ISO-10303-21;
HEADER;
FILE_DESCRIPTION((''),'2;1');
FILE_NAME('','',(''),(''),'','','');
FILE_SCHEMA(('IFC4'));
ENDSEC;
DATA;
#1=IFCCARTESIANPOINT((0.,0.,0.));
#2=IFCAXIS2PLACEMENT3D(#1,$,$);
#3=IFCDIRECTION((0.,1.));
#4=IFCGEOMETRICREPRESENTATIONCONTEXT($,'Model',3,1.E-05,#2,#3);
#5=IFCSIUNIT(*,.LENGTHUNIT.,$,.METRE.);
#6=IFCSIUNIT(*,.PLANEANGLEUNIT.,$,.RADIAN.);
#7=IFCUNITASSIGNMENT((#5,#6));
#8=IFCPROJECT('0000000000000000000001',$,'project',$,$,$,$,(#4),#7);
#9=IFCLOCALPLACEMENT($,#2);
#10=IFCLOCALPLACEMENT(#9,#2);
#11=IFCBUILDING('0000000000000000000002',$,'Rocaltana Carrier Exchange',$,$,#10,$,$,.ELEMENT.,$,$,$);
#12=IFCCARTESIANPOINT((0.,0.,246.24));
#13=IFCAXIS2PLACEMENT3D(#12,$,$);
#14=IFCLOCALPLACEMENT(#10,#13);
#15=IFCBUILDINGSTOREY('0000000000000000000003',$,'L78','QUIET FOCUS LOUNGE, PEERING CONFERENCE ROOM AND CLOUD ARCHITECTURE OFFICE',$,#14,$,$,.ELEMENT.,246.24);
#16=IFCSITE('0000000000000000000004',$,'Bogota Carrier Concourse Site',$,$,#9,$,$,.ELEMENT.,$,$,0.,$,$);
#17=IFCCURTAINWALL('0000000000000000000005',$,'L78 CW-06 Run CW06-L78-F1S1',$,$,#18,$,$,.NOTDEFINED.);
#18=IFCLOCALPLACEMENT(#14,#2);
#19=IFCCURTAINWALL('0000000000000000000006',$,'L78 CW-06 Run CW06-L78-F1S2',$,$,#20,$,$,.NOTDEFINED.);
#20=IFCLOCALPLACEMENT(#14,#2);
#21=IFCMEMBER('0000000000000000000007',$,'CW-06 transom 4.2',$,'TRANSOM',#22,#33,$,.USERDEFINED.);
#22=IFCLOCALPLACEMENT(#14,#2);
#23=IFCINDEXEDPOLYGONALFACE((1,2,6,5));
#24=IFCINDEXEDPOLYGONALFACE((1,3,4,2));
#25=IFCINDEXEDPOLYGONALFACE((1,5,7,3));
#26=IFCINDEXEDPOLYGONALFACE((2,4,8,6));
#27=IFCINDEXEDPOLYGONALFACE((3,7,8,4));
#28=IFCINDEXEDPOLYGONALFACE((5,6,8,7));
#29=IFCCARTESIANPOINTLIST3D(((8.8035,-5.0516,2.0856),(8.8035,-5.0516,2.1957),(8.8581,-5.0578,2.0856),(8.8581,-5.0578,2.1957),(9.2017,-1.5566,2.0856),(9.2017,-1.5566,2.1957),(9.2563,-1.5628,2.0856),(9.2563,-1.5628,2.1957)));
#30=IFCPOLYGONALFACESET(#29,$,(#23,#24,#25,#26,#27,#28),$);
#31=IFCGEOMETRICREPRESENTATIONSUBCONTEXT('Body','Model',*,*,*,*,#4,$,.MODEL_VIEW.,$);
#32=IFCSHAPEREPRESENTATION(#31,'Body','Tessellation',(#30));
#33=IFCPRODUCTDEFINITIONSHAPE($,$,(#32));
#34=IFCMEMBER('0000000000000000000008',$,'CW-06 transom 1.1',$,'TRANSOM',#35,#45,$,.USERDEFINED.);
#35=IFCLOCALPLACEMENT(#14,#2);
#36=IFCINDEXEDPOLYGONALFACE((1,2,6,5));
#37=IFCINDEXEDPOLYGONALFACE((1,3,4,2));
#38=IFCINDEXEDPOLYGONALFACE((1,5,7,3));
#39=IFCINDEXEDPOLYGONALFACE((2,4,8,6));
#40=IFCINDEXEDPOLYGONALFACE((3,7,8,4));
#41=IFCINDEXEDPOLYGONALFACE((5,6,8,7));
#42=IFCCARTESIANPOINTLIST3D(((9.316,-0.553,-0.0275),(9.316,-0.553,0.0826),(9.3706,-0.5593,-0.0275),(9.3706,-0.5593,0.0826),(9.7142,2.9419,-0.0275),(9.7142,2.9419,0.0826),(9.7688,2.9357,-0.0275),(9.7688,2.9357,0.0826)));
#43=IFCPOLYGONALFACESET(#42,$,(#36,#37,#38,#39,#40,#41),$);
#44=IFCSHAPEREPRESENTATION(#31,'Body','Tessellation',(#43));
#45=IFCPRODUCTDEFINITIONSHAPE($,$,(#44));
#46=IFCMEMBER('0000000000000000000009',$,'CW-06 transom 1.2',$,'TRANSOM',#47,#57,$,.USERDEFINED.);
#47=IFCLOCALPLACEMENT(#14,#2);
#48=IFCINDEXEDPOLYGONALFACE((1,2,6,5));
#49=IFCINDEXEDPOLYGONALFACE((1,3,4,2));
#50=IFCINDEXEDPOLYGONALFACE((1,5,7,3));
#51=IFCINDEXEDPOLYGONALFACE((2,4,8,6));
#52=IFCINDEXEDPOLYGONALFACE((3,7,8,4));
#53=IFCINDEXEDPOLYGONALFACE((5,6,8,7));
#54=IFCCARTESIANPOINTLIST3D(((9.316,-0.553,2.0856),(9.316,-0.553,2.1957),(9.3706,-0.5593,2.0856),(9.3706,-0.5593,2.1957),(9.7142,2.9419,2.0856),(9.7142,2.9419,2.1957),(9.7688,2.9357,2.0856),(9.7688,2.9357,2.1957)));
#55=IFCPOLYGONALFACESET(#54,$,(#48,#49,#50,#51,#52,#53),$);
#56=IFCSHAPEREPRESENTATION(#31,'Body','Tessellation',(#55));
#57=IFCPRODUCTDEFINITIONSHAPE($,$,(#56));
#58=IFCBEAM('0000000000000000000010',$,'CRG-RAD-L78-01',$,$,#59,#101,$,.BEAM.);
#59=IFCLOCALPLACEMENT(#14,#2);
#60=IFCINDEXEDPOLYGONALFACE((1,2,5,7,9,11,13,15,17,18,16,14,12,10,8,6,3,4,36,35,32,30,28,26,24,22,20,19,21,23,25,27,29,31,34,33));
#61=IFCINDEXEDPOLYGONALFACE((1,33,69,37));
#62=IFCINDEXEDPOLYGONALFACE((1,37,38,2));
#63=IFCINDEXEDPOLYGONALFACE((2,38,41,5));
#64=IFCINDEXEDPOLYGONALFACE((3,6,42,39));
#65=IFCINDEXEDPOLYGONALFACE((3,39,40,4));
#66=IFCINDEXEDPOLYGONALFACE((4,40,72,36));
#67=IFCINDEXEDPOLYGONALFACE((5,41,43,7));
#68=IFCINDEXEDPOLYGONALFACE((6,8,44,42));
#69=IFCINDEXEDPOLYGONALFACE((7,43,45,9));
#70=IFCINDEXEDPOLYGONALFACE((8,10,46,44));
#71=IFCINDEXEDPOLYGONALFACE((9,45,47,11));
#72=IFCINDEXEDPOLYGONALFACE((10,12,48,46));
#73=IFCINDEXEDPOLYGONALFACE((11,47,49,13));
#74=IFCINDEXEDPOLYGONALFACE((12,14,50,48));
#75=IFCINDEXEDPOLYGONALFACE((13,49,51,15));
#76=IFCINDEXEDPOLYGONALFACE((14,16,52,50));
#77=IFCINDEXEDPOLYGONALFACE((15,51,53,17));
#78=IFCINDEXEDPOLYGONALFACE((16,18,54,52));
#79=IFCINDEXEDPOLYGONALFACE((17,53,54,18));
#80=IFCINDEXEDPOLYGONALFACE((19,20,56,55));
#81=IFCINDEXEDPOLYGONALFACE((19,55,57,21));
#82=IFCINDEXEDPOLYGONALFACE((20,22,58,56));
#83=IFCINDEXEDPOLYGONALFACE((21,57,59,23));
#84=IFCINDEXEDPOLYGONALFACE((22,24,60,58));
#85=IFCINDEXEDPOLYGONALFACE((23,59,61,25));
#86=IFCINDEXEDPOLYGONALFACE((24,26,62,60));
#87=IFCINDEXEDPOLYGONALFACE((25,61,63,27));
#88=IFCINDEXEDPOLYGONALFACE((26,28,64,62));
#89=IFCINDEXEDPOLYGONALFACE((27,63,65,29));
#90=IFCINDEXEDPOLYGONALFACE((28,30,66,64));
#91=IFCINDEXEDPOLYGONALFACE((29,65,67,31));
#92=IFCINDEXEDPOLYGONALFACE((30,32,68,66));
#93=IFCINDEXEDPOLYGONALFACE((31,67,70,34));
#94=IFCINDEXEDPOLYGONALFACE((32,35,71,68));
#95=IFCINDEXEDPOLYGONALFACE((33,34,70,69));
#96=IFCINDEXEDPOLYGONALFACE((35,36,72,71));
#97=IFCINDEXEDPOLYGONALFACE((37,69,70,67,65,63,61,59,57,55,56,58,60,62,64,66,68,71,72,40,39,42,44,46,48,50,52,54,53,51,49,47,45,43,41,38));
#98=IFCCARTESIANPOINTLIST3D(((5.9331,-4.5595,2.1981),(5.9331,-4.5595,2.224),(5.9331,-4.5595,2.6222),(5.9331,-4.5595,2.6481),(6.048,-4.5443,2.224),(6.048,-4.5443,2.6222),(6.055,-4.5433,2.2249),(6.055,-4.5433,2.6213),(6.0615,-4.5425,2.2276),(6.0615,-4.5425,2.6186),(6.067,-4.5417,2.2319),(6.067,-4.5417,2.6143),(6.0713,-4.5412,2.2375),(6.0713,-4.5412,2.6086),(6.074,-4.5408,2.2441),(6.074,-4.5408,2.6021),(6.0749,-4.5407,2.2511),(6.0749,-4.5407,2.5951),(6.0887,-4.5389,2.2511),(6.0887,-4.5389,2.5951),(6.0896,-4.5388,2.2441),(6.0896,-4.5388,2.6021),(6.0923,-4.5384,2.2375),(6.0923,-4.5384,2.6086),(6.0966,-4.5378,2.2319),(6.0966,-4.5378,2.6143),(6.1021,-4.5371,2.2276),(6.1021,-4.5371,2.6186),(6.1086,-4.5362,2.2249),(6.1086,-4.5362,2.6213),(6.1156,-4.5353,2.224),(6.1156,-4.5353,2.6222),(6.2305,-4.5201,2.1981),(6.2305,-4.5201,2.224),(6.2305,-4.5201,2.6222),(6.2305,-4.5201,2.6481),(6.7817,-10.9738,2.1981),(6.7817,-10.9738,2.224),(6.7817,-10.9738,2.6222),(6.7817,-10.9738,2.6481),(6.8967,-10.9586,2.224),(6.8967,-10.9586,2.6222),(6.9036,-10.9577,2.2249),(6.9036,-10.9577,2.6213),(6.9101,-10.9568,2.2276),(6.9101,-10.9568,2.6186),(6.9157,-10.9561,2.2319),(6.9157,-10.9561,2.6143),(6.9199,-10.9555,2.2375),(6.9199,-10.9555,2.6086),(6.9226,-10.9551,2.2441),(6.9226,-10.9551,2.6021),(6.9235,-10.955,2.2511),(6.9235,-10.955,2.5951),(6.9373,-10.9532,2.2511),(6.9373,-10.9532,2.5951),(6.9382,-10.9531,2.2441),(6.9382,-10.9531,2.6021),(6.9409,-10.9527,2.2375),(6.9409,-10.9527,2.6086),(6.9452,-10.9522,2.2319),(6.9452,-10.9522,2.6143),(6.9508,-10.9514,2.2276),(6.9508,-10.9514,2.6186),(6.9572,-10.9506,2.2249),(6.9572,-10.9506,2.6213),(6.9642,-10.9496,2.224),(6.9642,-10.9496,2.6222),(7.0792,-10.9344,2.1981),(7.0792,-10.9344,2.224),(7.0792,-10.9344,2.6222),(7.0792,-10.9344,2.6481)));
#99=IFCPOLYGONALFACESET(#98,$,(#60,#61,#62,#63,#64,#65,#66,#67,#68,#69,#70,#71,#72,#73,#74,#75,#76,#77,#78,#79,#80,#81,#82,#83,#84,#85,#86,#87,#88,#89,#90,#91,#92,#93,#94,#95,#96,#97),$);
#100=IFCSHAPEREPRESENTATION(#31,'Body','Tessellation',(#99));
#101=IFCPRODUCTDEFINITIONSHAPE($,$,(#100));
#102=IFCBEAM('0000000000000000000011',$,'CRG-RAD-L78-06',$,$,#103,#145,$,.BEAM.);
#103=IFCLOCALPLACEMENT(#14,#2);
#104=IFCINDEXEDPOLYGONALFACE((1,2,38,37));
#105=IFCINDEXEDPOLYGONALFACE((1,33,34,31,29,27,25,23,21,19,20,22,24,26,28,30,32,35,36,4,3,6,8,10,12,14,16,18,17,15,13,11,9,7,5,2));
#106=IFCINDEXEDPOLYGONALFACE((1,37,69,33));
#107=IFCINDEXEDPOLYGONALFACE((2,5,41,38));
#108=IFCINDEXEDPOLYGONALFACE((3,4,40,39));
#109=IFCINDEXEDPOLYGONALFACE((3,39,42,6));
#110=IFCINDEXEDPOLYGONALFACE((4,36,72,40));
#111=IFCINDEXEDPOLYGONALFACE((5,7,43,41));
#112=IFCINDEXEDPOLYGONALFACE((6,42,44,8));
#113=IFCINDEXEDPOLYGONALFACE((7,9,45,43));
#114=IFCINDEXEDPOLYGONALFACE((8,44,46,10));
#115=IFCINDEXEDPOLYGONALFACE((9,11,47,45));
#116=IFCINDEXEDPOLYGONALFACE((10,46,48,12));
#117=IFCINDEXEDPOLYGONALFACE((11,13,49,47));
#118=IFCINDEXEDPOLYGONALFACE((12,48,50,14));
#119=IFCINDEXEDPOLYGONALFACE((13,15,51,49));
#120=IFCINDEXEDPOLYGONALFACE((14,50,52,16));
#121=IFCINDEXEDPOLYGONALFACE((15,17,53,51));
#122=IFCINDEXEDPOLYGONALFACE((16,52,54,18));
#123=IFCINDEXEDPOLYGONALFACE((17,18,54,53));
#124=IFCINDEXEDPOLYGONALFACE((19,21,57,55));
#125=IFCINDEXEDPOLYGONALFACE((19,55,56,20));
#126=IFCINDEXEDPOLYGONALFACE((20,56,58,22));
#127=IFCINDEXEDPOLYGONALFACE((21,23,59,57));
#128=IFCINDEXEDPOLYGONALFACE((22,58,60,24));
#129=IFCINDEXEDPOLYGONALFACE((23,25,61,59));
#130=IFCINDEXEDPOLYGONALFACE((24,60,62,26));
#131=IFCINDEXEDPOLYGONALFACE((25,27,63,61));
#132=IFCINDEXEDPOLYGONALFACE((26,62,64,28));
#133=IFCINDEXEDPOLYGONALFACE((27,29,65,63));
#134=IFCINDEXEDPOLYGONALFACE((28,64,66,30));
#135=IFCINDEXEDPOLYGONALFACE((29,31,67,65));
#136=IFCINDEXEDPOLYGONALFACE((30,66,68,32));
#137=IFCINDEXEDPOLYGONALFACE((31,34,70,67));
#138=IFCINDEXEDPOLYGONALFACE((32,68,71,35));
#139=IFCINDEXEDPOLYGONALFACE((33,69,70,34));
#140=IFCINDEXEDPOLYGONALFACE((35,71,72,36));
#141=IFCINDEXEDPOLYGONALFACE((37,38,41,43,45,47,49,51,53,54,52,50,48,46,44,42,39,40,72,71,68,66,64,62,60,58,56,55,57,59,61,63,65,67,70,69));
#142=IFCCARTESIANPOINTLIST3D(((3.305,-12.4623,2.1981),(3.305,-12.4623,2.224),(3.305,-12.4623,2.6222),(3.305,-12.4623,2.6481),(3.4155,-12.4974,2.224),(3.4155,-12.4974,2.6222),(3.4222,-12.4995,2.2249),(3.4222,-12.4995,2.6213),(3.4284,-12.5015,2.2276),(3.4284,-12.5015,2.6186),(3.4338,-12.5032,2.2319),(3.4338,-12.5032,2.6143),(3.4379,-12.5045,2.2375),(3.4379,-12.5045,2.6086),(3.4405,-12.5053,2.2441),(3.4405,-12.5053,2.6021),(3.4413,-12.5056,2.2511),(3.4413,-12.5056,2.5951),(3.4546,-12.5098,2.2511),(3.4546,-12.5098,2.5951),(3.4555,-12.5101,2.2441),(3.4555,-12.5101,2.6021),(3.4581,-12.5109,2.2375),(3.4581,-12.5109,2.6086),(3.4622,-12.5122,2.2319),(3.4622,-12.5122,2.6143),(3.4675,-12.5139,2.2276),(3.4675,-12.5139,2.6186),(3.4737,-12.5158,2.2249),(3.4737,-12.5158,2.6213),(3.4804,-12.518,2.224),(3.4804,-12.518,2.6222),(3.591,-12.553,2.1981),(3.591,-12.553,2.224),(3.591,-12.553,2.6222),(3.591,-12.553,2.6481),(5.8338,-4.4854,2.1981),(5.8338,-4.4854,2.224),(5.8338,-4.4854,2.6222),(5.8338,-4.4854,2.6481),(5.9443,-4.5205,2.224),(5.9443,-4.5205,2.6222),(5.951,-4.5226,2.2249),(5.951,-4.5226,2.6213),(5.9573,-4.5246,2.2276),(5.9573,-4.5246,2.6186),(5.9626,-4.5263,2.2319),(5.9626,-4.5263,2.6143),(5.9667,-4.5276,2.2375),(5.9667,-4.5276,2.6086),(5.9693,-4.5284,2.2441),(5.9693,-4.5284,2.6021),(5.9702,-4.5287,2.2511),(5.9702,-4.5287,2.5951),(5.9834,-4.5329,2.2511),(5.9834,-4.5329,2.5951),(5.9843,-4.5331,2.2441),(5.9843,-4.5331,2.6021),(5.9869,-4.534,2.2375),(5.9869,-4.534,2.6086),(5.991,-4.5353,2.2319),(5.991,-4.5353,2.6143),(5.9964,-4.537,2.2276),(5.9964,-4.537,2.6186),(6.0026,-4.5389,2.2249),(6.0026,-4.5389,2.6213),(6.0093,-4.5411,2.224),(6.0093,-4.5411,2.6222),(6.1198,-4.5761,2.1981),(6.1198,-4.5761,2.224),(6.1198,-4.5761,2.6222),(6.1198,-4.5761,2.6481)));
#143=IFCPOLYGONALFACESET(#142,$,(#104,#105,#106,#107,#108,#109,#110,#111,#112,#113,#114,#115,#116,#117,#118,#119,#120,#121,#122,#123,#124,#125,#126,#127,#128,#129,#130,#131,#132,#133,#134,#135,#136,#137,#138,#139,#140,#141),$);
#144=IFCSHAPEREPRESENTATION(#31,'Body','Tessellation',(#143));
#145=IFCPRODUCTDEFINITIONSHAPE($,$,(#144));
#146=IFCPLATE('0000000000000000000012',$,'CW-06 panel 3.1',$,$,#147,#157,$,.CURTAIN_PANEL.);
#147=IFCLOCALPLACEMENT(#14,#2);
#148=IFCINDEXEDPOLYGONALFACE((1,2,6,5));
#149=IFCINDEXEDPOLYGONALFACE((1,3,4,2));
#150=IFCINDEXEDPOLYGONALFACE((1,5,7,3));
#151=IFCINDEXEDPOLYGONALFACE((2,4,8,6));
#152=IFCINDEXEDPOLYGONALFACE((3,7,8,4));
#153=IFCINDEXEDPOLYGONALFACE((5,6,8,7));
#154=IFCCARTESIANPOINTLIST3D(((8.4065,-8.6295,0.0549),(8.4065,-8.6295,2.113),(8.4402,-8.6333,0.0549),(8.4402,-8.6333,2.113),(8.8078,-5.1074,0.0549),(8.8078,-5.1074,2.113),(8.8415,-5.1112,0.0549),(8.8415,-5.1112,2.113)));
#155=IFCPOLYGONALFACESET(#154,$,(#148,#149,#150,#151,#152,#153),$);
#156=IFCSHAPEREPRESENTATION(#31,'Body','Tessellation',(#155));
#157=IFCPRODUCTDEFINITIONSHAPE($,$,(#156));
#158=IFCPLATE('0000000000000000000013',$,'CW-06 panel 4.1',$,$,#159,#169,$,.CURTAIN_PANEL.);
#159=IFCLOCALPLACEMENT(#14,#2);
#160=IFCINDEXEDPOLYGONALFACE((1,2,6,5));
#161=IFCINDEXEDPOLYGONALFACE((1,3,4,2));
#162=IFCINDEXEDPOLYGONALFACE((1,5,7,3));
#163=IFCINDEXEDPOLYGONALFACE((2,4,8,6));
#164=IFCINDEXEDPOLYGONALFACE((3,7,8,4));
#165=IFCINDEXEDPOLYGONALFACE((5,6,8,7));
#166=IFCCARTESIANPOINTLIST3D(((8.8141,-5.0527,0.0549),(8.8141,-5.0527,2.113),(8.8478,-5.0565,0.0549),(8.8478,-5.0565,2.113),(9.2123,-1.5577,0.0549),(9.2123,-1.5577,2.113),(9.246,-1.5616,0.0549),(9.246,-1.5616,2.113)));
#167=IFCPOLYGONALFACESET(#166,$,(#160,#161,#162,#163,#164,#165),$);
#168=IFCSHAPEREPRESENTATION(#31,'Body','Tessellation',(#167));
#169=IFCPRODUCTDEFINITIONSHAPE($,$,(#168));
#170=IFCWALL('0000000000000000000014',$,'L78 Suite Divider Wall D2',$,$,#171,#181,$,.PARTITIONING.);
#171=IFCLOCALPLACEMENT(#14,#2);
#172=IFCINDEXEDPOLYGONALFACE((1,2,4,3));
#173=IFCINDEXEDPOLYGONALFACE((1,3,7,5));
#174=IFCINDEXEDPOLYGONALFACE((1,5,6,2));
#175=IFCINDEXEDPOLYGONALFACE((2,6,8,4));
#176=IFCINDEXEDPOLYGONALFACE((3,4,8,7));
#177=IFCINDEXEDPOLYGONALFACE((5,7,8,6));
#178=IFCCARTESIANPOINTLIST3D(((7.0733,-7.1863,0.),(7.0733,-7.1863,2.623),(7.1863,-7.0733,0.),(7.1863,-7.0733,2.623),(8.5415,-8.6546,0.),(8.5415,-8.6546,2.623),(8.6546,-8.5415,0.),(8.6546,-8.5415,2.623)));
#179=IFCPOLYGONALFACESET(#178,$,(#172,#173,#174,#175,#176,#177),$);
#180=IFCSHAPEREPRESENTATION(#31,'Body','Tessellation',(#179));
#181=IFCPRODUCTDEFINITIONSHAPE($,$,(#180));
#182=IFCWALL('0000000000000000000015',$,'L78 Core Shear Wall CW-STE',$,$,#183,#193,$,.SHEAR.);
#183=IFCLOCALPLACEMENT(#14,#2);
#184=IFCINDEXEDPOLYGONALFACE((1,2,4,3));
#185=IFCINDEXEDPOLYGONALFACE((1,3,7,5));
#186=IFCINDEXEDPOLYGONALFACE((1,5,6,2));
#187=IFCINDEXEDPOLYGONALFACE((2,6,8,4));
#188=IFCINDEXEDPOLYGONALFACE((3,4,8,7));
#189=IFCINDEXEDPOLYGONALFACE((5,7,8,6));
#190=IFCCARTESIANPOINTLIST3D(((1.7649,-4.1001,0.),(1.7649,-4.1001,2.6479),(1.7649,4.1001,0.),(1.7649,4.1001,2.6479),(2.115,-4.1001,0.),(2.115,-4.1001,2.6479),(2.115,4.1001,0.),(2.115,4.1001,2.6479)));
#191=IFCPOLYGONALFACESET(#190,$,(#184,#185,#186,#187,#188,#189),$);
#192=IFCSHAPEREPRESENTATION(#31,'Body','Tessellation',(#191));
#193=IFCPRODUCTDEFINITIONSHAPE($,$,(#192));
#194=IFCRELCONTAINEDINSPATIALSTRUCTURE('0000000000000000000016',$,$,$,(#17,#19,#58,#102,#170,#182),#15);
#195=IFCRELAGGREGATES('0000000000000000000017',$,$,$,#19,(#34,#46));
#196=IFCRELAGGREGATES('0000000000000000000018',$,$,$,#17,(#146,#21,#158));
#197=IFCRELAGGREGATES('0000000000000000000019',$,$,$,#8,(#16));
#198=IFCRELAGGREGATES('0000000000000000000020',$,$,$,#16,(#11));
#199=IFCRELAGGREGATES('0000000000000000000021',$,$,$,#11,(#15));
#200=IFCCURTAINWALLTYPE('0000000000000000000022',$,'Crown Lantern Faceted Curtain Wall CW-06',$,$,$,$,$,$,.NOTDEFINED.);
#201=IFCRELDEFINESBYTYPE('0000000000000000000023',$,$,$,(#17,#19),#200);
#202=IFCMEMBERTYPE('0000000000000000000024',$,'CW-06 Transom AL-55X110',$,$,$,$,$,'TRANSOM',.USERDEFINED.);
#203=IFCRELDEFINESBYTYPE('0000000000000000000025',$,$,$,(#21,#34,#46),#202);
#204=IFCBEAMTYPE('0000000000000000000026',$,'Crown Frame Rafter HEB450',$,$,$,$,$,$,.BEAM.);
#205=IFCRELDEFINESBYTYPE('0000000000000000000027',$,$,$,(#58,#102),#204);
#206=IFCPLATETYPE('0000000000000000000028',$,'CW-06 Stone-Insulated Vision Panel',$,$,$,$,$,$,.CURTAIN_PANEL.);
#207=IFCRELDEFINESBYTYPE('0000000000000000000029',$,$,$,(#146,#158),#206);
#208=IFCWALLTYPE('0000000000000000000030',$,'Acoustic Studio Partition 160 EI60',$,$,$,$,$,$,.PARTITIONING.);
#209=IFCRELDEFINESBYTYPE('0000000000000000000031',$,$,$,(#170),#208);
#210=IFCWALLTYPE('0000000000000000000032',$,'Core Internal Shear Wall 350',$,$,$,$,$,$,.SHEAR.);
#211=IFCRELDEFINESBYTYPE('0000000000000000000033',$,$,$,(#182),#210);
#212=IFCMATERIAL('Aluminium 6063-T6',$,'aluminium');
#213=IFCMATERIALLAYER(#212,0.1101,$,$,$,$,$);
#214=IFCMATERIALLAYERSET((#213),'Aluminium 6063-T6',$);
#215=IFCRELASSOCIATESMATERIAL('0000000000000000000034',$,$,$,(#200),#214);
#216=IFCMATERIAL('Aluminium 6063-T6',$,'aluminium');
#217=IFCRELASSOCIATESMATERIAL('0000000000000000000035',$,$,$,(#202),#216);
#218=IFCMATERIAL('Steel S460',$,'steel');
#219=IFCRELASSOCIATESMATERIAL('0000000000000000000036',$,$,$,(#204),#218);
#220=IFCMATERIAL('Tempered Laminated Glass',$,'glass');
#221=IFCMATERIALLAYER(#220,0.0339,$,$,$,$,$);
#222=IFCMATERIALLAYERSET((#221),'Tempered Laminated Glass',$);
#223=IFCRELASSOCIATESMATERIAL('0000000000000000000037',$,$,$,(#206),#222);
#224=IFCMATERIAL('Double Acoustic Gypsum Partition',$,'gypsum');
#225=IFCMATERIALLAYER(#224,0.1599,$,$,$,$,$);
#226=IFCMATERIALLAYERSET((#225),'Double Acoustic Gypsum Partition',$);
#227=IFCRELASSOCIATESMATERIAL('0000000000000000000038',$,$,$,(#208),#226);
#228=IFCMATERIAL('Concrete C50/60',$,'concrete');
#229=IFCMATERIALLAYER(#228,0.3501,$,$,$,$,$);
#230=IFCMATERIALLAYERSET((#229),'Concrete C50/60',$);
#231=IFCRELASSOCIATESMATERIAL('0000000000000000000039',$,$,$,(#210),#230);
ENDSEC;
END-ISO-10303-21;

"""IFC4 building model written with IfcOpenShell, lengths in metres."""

from ifc_helpers import new_model, si_unit, direction, frame, frame_2d, origin, origin_2d, place, context, subcontext, project, spatial, rectangle, i_section, extrude, material, layer, layer_set, material_profile, profile_set, type_object, element, aggregate, save


model = new_model("IFC4")

# Units and contexts
model_context = context("Model", 3, precision=1e-05, world=origin(), true_north=direction((0.0, 1.0)))
body_context = subcontext(model_context, "Body", "Model", "MODEL_VIEW")
ifc_project = project(units=[si_unit("LENGTHUNIT", "METRE"), si_unit("PLANEANGLEUNIT", "RADIAN")], contexts=[model_context])

# Site, building, storey
site_placement = place(None, origin())
site = spatial("IfcSite", under=ifc_project, at=site_placement, Name="Bogota Carrier Concourse Site", CompositionType="ELEMENT", RefElevation=0.0)
building_placement = place(site_placement, origin())
building = spatial("IfcBuilding", under=site, at=building_placement, Name="Rocaltana Carrier Exchange", CompositionType="ELEMENT")
storey_placement = place(building_placement, frame((0.0, 0.0, 246.24)))
storey = spatial("IfcBuildingStorey", under=building, at=storey_placement, Name="L78", Description="QUIET FOCUS LOUNGE, PEERING CONFERENCE ROOM AND CLOUD ARCHITECTURE OFFICE", CompositionType="ELEMENT", Elevation=246.24)

# Curtain wall
ifc_material_1 = material(Name="Aluminium 6063-T6", Category="aluminium")
ifc_layer_1 = layer(ifc_material_1, 0.1101)
ifc_layer_set_1 = layer_set([ifc_layer_1], Name="Aluminium 6063-T6")
curtain_wall_type = type_object("IfcCurtainWallType", Name="Crown Lantern Faceted Curtain Wall CW-06", PredefinedType="NOTDEFINED", material=ifc_layer_set_1)
curtain_wall_1_placement = place(storey_placement, origin())
curtain_wall_1 = element("IfcCurtainWall", 1, at=curtain_wall_1_placement, inside=storey, type_object=curtain_wall_type, Name="L78 CW-06 Run CW06-L78-F1S1", PredefinedType="NOTDEFINED")

# Curtain wall
curtain_wall_2_placement = place(storey_placement, origin())
curtain_wall_2 = element("IfcCurtainWall", 2, at=curtain_wall_2_placement, inside=storey, type_object=curtain_wall_type, Name="L78 CW-06 Run CW06-L78-F1S2", PredefinedType="NOTDEFINED")

# Members
ifc_material_2 = material(Name="Aluminium 6063-T6", Category="aluminium")
ifc_material_profile_1 = material_profile(ifc_material_2, rectangle(XDim=0.0549, YDim=0.1101, at=origin_2d()), Name="AL-55X110")
ifc_profile_set_1 = profile_set([ifc_material_profile_1], Name="Aluminium 6063-T6")
member_type_1 = type_object("IfcMemberType", Name="CW-06 Transom AL-55X110", ElementType="TRANSOM", PredefinedType="USERDEFINED", material=ifc_profile_set_1)
member_1_placement = place(storey_placement, frame((8.8308, -5.0547, 2.1406), z_axis=(0.113204, 0.993572, 0.0), x_axis=(-0.993572, 0.113204, 0.0)))
member_1 = element("IfcMember", 3, at=member_1_placement, type_object=member_type_1, Name="CW-06 transom 4.2", ObjectType="TRANSOM", PredefinedType="USERDEFINED", context=body_context, shape_type="SweptSolid", body=[
    extrude(rectangle(XDim=0.0549, YDim=0.1101, at=origin_2d()), origin(), (0.0, 0.0, 1.0), 3.5176),
])
member_2_placement = place(storey_placement, frame((9.3433, -0.5562, 0.0276), z_axis=(0.113204, 0.993572, 0.0), x_axis=(-0.993572, 0.113204, 0.0)))
member_2 = element("IfcMember", 4, at=member_2_placement, type_object=member_type_1, Name="CW-06 transom 1.1", ObjectType="TRANSOM", PredefinedType="USERDEFINED", context=body_context, shape_type="SweptSolid", body=[
    extrude(rectangle(XDim=0.0549, YDim=0.1101, at=origin_2d()), origin(), (0.0, 0.0, 1.0), 3.5176),
])
member_3_placement = place(storey_placement, frame((9.3433, -0.5562, 2.1406), z_axis=(0.113204, 0.993572, 0.0), x_axis=(-0.993572, 0.113204, 0.0)))
member_3 = element("IfcMember", 5, at=member_3_placement, type_object=member_type_1, Name="CW-06 transom 1.2", ObjectType="TRANSOM", PredefinedType="USERDEFINED", context=body_context, shape_type="SweptSolid", body=[
    extrude(rectangle(XDim=0.0549, YDim=0.1101, at=origin_2d()), origin(), (0.0, 0.0, 1.0), 3.5176),
])
aggregate(curtain_wall_2, [member_2, member_3])

# Beams
ifc_material_3 = material(Name="Steel S460", Category="steel")
ifc_material_profile_2 = material_profile(ifc_material_3, i_section(OverallWidth=0.3, OverallDepth=0.45, WebThickness=0.0139, FlangeThickness=0.0259, FilletRadius=0.0271, at=origin_2d()), Name="HEB450")
ifc_profile_set_2 = profile_set([ifc_material_profile_2], Name="Steel S460")
beam_type = type_object("IfcBeamType", Name="Crown Frame Rafter HEB450", PredefinedType="BEAM", material=ifc_profile_set_2)
beam_1_placement = place(storey_placement, frame((6.0818, -4.5398, 2.4231), z_axis=(0.13116, -0.991361, 0.0), x_axis=(0.991361, 0.13116, 0.0)))
element("IfcBeam", 6, at=beam_1_placement, inside=storey, type_object=beam_type, Name="CRG-RAD-L78-01", PredefinedType="BEAM", context=body_context, shape_type="SweptSolid", body=[
    extrude(i_section(OverallWidth=0.3, OverallDepth=0.45, WebThickness=0.0139, FlangeThickness=0.0259, FilletRadius=0.0271, at=origin_2d()), origin(), (0.0, 0.0, 1.0), 6.4702),
])
beam_2_placement = place(storey_placement, frame((5.9768, -4.5308, 2.4231), z_axis=(-0.302198, -0.953245, 0.0), x_axis=(0.953245, -0.302198, 0.0)))
element("IfcBeam", 7, at=beam_2_placement, inside=storey, type_object=beam_type, Name="CRG-RAD-L78-06", PredefinedType="BEAM", context=body_context, shape_type="SweptSolid", body=[
    extrude(i_section(OverallWidth=0.3, OverallDepth=0.45, WebThickness=0.0139, FlangeThickness=0.0259, FilletRadius=0.0271, at=origin_2d()), origin(), (0.0, 0.0, 1.0), 8.3682),
])

# Plates
ifc_material_4 = material(Name="Tempered Laminated Glass", Category="glass")
ifc_layer_2 = layer(ifc_material_4, 0.0339)
ifc_layer_set_2 = layer_set([ifc_layer_2], Name="Tempered Laminated Glass")
plate_type = type_object("IfcPlateType", Name="CW-06 Stone-Insulated Vision Panel", PredefinedType="CURTAIN_PANEL", material=ifc_layer_set_2)
plate_1_placement = place(storey_placement, frame((8.624, -6.8704, 0.0549), z_axis=(0.0, 0.0, 1.0), x_axis=(0.113208, 0.993571, 0.0)))
plate_1 = element("IfcPlate", 8, at=plate_1_placement, type_object=plate_type, Name="CW-06 panel 3.1", PredefinedType="CURTAIN_PANEL", context=body_context, shape_type="SweptSolid", body=[
    extrude(rectangle(XDim=3.5449, YDim=0.0339, at=origin_2d()), origin(), (0.0, 0.0, 1.0), 2.0581),
])
plate_2_placement = place(storey_placement, frame((9.03, -3.3071, 0.0549), z_axis=(0.0, 0.0, 1.0), x_axis=(0.113208, 0.993571, 0.0)))
plate_2 = element("IfcPlate", 9, at=plate_2_placement, type_object=plate_type, Name="CW-06 panel 4.1", PredefinedType="CURTAIN_PANEL", context=body_context, shape_type="SweptSolid", body=[
    extrude(rectangle(XDim=3.5176, YDim=0.0339, at=origin_2d()), origin(), (0.0, 0.0, 1.0), 2.0581),
])
aggregate(curtain_wall_1, [plate_1, member_1, plate_2])

# Walls
ifc_material_5 = material(Name="Double Acoustic Gypsum Partition", Category="gypsum")
ifc_layer_3 = layer(ifc_material_5, 0.1599)
ifc_layer_set_3 = layer_set([ifc_layer_3], Name="Double Acoustic Gypsum Partition")
wall_type_1 = type_object("IfcWallType", Name="Acoustic Studio Partition 160 EI60", PredefinedType="PARTITIONING", material=ifc_layer_set_3)
wall_1_placement = place(storey_placement, frame((7.1299, -7.1299, 0.0), z_axis=(0.0, 0.0, 1.0), x_axis=(0.707107, -0.707107, 0.0)))
element("IfcWall", 10, at=wall_1_placement, inside=storey, type_object=wall_type_1, Name="L78 Suite Divider Wall D2", PredefinedType="PARTITIONING", context=body_context, shape_type="SweptSolid", body=[
    extrude(rectangle(XDim=2.0764, YDim=0.1599, at=frame_2d((1.0381, 0.0))), origin(), (0.0, 0.0, 1.0), 2.623),
])
ifc_material_6 = material(Name="Concrete C50/60", Category="concrete")
ifc_layer_4 = layer(ifc_material_6, 0.3501)
ifc_layer_set_4 = layer_set([ifc_layer_4], Name="Concrete C50/60")
wall_type_2 = type_object("IfcWallType", Name="Core Internal Shear Wall 350", PredefinedType="SHEAR", material=ifc_layer_set_4)
wall_2_placement = place(storey_placement, frame((1.9399, -4.1001, 0.0), z_axis=(0.0, 0.0, 1.0), x_axis=(0.0, 1.0, 0.0)))
element("IfcWall", 11, at=wall_2_placement, inside=storey, type_object=wall_type_2, Name="L78 Core Shear Wall CW-STE", PredefinedType="SHEAR", context=body_context, shape_type="SweptSolid", body=[
    extrude(rectangle(XDim=8.2002, YDim=0.3501, at=frame_2d((4.1001, 0.0))), origin(), (0.0, 0.0, 1.0), 2.6479),
])

save(model, "model.ifc")
